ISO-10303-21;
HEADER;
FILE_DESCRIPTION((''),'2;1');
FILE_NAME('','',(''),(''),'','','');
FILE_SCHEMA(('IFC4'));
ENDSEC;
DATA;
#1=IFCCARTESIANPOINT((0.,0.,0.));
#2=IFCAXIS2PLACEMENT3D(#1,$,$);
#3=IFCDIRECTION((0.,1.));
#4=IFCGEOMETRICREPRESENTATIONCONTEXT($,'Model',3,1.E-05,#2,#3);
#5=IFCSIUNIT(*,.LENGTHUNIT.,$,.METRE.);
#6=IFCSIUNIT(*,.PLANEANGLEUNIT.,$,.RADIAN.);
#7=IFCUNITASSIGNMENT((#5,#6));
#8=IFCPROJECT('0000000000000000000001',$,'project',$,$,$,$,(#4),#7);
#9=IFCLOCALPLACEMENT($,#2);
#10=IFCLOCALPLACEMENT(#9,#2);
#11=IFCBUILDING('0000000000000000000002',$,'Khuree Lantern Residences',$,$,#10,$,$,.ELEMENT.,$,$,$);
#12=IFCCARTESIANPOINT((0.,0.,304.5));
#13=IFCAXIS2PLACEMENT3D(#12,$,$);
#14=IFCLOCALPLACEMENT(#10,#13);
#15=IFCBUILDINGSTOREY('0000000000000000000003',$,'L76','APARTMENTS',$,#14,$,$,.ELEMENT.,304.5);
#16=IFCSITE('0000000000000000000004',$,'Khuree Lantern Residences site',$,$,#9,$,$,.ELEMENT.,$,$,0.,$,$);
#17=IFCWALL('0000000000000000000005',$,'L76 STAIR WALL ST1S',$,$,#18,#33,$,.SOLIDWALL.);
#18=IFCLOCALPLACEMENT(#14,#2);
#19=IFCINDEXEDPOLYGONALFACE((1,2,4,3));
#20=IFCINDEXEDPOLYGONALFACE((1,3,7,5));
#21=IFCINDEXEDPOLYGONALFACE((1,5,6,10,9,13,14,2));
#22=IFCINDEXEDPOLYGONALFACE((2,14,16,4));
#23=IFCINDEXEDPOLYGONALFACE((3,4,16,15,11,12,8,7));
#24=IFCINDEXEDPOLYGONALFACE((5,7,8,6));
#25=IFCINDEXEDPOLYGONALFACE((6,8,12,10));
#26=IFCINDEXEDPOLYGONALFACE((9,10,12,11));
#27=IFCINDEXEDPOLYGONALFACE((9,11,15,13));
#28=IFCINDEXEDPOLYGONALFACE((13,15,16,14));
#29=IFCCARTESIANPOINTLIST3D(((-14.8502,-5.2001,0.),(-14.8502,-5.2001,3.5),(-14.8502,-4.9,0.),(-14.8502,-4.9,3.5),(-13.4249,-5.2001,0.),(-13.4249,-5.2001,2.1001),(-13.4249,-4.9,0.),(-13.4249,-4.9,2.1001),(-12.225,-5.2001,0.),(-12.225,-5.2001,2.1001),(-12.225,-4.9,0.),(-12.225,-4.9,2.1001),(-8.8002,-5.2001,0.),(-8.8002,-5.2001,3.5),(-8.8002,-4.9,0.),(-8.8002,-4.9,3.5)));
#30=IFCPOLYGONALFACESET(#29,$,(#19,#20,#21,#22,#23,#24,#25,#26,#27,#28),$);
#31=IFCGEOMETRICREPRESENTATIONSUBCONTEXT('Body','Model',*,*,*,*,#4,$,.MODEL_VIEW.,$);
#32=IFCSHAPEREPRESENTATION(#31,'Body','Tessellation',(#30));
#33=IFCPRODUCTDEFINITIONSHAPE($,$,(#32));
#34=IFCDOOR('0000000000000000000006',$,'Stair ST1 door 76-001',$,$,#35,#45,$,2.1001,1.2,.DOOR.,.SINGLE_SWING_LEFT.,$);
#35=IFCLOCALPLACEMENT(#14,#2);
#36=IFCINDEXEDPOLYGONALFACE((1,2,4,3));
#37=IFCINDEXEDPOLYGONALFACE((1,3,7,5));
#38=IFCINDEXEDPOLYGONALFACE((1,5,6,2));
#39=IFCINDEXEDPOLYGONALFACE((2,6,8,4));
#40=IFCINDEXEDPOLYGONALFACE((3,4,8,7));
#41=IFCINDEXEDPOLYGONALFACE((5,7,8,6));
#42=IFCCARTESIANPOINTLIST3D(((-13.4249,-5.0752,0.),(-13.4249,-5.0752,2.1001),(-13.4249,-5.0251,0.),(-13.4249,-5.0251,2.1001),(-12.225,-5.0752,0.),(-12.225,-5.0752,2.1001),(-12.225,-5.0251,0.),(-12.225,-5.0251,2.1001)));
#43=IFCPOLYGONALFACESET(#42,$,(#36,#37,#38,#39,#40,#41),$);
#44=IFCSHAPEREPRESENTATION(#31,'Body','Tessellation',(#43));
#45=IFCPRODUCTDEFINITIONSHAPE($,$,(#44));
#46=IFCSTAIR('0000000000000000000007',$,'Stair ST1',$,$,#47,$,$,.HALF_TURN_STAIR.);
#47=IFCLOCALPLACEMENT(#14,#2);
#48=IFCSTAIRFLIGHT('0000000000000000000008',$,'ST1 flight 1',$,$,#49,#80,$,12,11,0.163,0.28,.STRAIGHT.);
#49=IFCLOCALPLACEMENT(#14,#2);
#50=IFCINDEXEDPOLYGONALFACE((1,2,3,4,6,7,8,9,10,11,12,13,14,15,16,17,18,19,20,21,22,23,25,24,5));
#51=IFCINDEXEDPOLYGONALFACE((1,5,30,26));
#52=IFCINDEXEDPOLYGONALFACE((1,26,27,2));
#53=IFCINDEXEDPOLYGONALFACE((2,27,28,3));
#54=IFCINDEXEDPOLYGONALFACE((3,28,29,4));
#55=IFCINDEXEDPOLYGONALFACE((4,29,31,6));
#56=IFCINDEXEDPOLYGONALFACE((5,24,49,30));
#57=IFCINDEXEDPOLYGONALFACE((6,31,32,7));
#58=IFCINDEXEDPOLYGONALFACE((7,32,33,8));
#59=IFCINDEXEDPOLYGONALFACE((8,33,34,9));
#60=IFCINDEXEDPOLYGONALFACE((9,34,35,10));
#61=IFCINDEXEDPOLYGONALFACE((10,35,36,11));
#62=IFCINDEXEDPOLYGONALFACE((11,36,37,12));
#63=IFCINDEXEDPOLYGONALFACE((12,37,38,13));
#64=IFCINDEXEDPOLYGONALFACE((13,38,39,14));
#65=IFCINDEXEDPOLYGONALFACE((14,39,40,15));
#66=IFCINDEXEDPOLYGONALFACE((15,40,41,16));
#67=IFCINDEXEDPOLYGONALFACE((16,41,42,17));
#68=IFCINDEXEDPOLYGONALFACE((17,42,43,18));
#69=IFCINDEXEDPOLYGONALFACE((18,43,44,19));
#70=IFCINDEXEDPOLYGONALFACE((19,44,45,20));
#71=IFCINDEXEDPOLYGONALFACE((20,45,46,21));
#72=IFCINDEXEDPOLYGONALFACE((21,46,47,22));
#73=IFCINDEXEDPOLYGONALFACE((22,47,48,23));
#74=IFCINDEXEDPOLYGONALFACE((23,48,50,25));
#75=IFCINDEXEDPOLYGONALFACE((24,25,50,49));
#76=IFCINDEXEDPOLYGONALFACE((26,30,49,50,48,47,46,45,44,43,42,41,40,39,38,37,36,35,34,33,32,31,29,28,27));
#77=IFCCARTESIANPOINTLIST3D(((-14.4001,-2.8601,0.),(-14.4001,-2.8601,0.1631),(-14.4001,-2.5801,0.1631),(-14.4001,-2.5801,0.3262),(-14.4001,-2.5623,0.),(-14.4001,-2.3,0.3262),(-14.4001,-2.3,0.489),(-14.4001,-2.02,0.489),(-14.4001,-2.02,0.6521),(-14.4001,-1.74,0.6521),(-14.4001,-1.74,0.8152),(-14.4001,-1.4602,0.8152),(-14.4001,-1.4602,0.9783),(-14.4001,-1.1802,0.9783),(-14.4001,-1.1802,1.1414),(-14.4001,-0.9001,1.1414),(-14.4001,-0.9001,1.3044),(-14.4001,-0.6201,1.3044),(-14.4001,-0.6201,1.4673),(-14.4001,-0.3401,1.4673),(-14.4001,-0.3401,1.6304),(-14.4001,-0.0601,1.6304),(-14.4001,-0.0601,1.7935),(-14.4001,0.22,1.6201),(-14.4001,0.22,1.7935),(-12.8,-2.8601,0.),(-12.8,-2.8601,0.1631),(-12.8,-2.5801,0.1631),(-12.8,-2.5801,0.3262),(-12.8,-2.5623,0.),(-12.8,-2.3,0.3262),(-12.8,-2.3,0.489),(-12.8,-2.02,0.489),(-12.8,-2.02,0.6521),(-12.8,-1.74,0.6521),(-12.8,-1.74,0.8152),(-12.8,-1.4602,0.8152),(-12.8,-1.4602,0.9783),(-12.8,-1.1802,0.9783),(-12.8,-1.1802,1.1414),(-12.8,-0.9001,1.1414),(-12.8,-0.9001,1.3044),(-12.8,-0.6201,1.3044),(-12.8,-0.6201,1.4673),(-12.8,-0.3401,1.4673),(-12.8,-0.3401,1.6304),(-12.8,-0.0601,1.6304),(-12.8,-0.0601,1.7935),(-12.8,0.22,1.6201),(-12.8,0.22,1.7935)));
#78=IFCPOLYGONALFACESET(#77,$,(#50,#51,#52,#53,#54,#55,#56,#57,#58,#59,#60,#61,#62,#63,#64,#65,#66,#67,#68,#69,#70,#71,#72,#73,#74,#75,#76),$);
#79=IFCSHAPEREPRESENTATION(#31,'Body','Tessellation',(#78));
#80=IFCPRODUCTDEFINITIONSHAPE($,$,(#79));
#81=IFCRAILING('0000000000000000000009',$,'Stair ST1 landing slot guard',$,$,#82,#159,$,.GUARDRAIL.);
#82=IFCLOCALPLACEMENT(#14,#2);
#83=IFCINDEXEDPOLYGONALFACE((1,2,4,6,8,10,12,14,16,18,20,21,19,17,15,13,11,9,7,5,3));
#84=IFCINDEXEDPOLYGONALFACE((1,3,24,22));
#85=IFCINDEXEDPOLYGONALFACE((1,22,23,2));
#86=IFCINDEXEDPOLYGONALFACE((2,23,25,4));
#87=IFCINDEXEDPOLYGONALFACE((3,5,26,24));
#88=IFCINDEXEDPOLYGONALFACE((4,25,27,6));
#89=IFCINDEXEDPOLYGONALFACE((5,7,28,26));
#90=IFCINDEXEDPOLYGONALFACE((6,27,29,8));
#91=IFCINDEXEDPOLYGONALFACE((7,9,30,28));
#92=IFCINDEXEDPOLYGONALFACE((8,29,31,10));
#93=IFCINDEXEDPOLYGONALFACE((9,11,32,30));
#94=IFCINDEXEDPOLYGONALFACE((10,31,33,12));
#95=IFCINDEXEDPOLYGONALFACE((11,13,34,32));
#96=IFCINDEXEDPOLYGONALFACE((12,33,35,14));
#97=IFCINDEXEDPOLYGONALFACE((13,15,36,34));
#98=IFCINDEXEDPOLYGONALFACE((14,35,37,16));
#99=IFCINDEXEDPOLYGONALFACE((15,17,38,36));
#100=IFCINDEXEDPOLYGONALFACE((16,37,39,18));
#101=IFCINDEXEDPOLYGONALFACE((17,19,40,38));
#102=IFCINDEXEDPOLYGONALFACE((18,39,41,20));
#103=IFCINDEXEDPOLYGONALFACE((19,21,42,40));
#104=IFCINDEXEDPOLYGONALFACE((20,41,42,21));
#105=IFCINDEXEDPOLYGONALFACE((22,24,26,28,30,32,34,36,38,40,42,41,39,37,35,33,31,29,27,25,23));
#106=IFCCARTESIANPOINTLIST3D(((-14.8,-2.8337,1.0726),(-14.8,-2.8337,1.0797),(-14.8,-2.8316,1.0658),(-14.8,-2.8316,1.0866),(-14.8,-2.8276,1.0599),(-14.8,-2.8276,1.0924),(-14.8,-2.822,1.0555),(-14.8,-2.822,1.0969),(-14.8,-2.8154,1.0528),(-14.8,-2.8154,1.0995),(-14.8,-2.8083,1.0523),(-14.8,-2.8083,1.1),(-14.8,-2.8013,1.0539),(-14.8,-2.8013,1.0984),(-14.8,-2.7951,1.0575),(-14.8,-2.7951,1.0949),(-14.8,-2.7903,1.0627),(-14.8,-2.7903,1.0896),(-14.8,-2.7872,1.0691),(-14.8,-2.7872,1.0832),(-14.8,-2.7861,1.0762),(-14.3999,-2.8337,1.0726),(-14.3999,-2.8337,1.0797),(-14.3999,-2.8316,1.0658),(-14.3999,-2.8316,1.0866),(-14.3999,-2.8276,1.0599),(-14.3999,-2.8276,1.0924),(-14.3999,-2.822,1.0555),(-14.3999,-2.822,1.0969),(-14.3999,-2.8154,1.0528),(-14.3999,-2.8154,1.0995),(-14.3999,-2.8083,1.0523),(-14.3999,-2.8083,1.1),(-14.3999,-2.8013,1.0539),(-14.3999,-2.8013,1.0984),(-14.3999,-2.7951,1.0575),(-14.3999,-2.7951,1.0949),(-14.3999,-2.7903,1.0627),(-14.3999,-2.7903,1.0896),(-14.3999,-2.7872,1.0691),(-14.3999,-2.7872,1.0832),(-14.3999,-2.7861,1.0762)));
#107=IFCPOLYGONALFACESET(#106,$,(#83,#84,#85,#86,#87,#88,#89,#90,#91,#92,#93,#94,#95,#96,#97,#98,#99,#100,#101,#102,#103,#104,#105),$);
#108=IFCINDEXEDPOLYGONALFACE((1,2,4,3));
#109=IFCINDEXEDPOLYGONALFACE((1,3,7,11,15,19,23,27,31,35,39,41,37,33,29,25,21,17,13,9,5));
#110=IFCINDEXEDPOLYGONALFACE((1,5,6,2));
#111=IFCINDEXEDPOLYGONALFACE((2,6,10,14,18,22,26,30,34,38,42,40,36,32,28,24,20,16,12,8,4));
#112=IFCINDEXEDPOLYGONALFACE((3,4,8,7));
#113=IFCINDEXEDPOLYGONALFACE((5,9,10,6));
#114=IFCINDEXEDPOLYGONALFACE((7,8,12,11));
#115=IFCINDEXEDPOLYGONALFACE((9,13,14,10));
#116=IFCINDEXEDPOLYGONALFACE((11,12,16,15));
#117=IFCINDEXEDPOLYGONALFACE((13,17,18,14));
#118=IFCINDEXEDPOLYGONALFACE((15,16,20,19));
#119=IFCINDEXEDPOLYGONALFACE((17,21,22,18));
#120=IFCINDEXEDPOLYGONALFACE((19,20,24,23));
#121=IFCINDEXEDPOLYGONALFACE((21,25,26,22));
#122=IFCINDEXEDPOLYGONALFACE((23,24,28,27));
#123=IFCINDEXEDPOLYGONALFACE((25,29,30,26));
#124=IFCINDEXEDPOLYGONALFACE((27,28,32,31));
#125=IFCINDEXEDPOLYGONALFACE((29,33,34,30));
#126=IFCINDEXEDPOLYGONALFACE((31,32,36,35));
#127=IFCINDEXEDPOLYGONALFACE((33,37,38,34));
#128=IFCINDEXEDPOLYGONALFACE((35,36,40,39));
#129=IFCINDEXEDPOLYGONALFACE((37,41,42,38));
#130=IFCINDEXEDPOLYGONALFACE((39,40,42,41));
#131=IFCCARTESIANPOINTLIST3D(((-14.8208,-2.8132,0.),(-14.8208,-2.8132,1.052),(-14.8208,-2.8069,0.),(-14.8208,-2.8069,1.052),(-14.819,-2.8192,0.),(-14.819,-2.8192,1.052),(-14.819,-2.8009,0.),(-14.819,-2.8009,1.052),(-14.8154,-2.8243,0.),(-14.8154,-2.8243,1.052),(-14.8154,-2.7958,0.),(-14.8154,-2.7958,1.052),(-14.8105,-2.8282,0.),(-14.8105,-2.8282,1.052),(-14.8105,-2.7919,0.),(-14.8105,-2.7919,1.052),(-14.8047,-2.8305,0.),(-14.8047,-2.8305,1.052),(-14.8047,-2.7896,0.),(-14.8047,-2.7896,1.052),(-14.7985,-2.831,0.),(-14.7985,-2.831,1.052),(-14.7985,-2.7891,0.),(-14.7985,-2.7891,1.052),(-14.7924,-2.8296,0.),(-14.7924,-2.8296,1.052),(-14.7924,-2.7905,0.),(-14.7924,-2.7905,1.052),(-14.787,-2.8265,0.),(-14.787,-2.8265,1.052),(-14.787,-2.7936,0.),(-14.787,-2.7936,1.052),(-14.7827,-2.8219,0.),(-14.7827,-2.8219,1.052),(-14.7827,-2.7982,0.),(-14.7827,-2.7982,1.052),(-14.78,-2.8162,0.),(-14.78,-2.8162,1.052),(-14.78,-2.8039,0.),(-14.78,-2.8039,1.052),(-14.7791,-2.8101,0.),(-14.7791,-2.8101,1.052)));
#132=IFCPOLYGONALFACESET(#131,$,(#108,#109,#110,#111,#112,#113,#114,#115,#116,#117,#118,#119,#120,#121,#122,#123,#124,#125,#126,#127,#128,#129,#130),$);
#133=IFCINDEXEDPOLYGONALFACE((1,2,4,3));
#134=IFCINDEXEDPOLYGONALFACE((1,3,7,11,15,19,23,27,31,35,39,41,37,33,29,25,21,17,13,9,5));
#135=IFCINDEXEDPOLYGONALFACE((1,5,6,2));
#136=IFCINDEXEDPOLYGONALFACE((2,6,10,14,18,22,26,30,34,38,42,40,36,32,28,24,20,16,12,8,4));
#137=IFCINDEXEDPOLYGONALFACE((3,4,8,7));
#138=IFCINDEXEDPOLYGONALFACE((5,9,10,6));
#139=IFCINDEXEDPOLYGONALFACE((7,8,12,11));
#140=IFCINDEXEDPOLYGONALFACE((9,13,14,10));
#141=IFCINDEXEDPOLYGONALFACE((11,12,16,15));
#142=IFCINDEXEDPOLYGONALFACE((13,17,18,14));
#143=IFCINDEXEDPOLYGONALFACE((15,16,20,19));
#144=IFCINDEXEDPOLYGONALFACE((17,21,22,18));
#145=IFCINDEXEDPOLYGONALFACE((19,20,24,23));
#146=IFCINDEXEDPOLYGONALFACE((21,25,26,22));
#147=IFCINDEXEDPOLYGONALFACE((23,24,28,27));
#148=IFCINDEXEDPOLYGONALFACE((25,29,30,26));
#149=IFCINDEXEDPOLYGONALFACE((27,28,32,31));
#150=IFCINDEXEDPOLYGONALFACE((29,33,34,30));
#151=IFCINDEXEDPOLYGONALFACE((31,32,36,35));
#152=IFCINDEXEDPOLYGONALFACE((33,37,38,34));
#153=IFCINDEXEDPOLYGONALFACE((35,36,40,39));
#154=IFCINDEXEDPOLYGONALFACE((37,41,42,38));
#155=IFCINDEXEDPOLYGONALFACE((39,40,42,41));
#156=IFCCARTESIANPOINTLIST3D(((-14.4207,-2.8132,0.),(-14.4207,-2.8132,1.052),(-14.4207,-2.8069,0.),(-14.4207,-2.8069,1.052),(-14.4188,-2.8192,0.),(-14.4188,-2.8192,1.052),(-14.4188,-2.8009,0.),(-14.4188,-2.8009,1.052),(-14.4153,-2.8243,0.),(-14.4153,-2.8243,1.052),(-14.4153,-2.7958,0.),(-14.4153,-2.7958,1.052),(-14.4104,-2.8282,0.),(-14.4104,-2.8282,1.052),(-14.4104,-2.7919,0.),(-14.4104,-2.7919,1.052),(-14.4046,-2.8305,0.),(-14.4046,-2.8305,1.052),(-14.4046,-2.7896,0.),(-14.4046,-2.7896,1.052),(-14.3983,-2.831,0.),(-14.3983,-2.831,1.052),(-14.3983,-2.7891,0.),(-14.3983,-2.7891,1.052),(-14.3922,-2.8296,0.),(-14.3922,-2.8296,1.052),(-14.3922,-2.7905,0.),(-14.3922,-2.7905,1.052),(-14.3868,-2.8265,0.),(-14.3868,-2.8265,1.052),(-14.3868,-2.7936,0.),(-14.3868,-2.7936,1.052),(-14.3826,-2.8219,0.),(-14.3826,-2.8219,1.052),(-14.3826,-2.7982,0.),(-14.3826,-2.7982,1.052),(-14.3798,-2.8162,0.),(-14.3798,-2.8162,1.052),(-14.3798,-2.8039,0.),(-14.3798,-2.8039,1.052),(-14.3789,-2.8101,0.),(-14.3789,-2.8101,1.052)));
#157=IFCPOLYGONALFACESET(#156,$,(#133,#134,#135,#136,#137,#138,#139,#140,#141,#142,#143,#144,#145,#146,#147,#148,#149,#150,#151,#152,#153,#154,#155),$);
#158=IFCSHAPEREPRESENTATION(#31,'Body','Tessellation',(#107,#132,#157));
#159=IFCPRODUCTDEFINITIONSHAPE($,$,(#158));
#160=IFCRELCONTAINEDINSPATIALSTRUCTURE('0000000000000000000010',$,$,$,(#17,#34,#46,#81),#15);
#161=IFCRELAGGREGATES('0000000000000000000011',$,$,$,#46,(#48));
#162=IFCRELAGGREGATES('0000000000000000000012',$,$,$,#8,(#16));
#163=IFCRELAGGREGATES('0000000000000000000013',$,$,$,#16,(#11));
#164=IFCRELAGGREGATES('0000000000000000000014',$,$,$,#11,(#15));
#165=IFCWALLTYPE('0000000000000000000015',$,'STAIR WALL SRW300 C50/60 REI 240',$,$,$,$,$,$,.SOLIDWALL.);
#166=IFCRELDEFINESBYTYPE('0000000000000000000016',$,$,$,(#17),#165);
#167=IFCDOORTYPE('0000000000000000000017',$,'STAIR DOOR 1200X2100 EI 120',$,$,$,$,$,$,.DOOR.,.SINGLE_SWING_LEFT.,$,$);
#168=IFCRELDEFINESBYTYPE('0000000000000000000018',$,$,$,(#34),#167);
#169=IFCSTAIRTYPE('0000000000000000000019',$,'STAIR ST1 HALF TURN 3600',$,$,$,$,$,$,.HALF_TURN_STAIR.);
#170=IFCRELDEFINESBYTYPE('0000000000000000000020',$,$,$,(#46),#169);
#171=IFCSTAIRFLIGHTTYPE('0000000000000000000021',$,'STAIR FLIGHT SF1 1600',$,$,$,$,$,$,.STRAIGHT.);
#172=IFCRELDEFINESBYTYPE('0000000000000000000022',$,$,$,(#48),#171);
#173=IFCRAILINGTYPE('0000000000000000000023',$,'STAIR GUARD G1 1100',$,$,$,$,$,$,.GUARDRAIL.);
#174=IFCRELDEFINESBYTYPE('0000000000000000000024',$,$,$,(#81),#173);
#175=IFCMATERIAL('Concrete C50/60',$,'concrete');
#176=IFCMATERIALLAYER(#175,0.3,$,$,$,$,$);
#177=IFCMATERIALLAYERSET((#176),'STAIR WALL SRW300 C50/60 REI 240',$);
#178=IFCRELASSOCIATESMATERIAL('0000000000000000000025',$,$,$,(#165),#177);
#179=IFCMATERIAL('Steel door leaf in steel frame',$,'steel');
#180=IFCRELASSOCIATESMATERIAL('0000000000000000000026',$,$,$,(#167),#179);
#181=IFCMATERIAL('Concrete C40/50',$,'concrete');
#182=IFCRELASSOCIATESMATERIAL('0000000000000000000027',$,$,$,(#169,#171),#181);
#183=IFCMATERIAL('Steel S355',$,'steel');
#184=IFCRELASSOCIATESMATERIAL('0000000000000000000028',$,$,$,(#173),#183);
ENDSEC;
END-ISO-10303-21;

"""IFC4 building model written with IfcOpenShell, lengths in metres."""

from ifc_helpers import new_model, si_unit, direction, frame, frame_2d, origin, origin_2d, place, context, subcontext, project, spatial, polyline, rectangle, circle, outline, extrude, material, layer, layer_set, type_object, element, fill, aggregate, save


model = new_model("IFC4")

# Units and contexts
model_context = context("Model", 3, precision=1e-05, world=origin(), true_north=direction((0.0, 1.0)))
body_context = subcontext(model_context, "Body", "Model", "MODEL_VIEW")
ifc_project = project(units=[si_unit("LENGTHUNIT", "METRE"), si_unit("PLANEANGLEUNIT", "RADIAN")], contexts=[model_context])

# Site, building, storey
site_placement = place(None, origin())
site = spatial("IfcSite", under=ifc_project, at=site_placement, Name="Khuree Lantern Residences site", CompositionType="ELEMENT", RefElevation=0.0)
building_placement = place(site_placement, origin())
building = spatial("IfcBuilding", under=site, at=building_placement, Name="Khuree Lantern Residences", CompositionType="ELEMENT")
storey_placement = place(building_placement, frame((0.0, 0.0, 304.5)))
storey = spatial("IfcBuildingStorey", under=building, at=storey_placement, Name="L76", Description="APARTMENTS", CompositionType="ELEMENT", Elevation=304.5)

# Shared definitions
ifc_material_1 = material(Name="Steel door leaf in steel frame", Category="steel")

# Shared definitions
ifc_material_2 = material(Name="Concrete C50/60", Category="concrete")
ifc_layer_1 = layer(ifc_material_2, 0.3)
ifc_layer_set_1 = layer_set([ifc_layer_1], Name="STAIR WALL SRW300 C50/60 REI 240")
wall_type_1 = type_object("IfcWallType", Name="STAIR WALL SRW300 C50/60 REI 240", PredefinedType="SOLIDWALL", material=ifc_layer_set_1)

# Wall, opening, door
wall_1_placement = place(storey_placement, frame((-14.8501, -5.05, 0.0), z_axis=(0.0, 0.0, 1.0), x_axis=(1.0, 0.0, 0.0)))
wall_1 = element("IfcWall", 1, at=wall_1_placement, inside=storey, type_object=wall_type_1, Name="L76 STAIR WALL ST1S", PredefinedType="SOLIDWALL", context=body_context, shape_type="SweptSolid", body=[
    extrude(rectangle(XDim=6.05, YDim=0.3, at=frame_2d((3.0249, 0.0))), origin(), (0.0, 0.0, 1.0), 3.5),
])
opening_1_placement = place(wall_1_placement, frame((1.425, 0.0, 0.0)))
opening_1 = element("IfcOpeningElement", 2, at=opening_1_placement, cuts=wall_1, PredefinedType="OPENING", context=body_context, shape_type="SweptSolid", body=[
    extrude(rectangle(XDim=1.2, YDim=2.1001, at=frame_2d((0.6001, 1.05))), frame((0.0, 0.1602, 0.0), z_axis=(0.0, -1.0, 0.0), x_axis=(1.0, 0.0, 0.0)), (0.0, 0.0, 1.0), 0.3201),
])
door_type_1 = type_object("IfcDoorType", Name="STAIR DOOR 1200X2100 EI 120", OperationType="SINGLE_SWING_LEFT", PredefinedType="DOOR", material=ifc_material_1)
door_1_placement = place(opening_1_placement, origin())
door_1 = element("IfcDoor", 3, at=door_1_placement, inside=storey, type_object=door_type_1, Name="Stair ST1 door 76-001", OperationType="SINGLE_SWING_LEFT", OverallHeight=2.1001, OverallWidth=1.2, PredefinedType="DOOR", context=body_context, shape_type="SweptSolid", body=[
    extrude(rectangle(XDim=1.2, YDim=2.1001, at=frame_2d((0.6001, 1.05))), frame((0.0, 0.0249, 0.0), z_axis=(0.0, -1.0, 0.0), x_axis=(1.0, 0.0, 0.0)), (0.0, 0.0, 1.0), 0.05),
])
fill(opening_1, door_1)

# Stair, stair flight
ifc_material_3 = material(Name="Concrete C40/50", Category="concrete")
stair_type = type_object("IfcStairType", Name="STAIR ST1 HALF TURN 3600", PredefinedType="HALF_TURN_STAIR", material=ifc_material_3)
stair_placement = place(storey_placement, origin())
stair = element("IfcStair", 4, at=stair_placement, inside=storey, type_object=stair_type, Name="Stair ST1", PredefinedType="HALF_TURN_STAIR")
stair_flight_type = type_object("IfcStairFlightType", Name="STAIR FLIGHT SF1 1600", PredefinedType="STRAIGHT", material=ifc_material_3)
stair_flight_placement = place(storey_placement, frame((-13.6001, -2.8601, 0.0), z_axis=(0.0, 0.0, 1.0), x_axis=(0.0, 1.0, 0.0)))
stair_flight = element("IfcStairFlight", 5, at=stair_flight_placement, type_object=stair_flight_type, Name="ST1 flight 1", NumberOfRisers=12, NumberOfTreads=11, PredefinedType="STRAIGHT", RiserHeight=0.163, TreadLength=0.28, context=body_context, shape_type="SweptSolid", body=[
    extrude(outline(polyline([(0.0, 0.0), (0.0, 0.1631), (0.28, 0.1631), (0.28, 0.3262), (0.5601, 0.3262), (0.5601, 0.489), (0.8401, 0.489), (0.8401, 0.6521), (1.1201, 0.6521), (1.1201, 0.8152), (1.3999, 0.8152), (1.3999, 0.9783), (1.6799, 0.9783), (1.6799, 1.1414), (1.96, 1.1414), (1.96, 1.3044), (2.24, 1.3044), (2.24, 1.4673), (2.52, 1.4673), (2.52, 1.6304), (2.8, 1.6304), (2.8, 1.7935), (3.0801, 1.7935), (3.0801, 1.9565), (3.0801, 1.6201), (0.2979, 0.0), (0.0, 0.0)])), frame((0.0, 0.8, 0.0), z_axis=(0.0, -1.0, 0.0), x_axis=(1.0, 0.0, 0.0)), (0.0, 0.0, 1.0), 1.6001),
])
aggregate(stair, [stair_flight])

# Railing
ifc_material_4 = material(Name="Steel S355", Category="steel")
railing_type_1 = type_object("IfcRailingType", Name="STAIR GUARD G1 1100", PredefinedType="GUARDRAIL", material=ifc_material_4)
railing_1_placement = place(storey_placement, frame((-14.8, -2.8101, 0.0)))
element("IfcRailing", 6, at=railing_1_placement, inside=storey, type_object=railing_type_1, Name="Stair ST1 landing slot guard", PredefinedType="GUARDRAIL", context=body_context, shape_type="SweptSolid", body=[
    extrude(circle(Radius=0.0239, at=origin_2d()), frame((0.0, 0.0, 1.0762), z_axis=(1.0, 0.0, 0.0), x_axis=(0.0, 1.0, 0.0)), (0.0, 0.0, 1.0), 0.4001),
    extrude(circle(Radius=0.021, at=origin_2d()), origin(), (0.0, 0.0, 1.0), 1.052),
    extrude(circle(Radius=0.021, at=origin_2d()), frame((0.4001, 0.0, 0.0)), (0.0, 0.0, 1.0), 1.052),
])

save(model, "model.ifc")
